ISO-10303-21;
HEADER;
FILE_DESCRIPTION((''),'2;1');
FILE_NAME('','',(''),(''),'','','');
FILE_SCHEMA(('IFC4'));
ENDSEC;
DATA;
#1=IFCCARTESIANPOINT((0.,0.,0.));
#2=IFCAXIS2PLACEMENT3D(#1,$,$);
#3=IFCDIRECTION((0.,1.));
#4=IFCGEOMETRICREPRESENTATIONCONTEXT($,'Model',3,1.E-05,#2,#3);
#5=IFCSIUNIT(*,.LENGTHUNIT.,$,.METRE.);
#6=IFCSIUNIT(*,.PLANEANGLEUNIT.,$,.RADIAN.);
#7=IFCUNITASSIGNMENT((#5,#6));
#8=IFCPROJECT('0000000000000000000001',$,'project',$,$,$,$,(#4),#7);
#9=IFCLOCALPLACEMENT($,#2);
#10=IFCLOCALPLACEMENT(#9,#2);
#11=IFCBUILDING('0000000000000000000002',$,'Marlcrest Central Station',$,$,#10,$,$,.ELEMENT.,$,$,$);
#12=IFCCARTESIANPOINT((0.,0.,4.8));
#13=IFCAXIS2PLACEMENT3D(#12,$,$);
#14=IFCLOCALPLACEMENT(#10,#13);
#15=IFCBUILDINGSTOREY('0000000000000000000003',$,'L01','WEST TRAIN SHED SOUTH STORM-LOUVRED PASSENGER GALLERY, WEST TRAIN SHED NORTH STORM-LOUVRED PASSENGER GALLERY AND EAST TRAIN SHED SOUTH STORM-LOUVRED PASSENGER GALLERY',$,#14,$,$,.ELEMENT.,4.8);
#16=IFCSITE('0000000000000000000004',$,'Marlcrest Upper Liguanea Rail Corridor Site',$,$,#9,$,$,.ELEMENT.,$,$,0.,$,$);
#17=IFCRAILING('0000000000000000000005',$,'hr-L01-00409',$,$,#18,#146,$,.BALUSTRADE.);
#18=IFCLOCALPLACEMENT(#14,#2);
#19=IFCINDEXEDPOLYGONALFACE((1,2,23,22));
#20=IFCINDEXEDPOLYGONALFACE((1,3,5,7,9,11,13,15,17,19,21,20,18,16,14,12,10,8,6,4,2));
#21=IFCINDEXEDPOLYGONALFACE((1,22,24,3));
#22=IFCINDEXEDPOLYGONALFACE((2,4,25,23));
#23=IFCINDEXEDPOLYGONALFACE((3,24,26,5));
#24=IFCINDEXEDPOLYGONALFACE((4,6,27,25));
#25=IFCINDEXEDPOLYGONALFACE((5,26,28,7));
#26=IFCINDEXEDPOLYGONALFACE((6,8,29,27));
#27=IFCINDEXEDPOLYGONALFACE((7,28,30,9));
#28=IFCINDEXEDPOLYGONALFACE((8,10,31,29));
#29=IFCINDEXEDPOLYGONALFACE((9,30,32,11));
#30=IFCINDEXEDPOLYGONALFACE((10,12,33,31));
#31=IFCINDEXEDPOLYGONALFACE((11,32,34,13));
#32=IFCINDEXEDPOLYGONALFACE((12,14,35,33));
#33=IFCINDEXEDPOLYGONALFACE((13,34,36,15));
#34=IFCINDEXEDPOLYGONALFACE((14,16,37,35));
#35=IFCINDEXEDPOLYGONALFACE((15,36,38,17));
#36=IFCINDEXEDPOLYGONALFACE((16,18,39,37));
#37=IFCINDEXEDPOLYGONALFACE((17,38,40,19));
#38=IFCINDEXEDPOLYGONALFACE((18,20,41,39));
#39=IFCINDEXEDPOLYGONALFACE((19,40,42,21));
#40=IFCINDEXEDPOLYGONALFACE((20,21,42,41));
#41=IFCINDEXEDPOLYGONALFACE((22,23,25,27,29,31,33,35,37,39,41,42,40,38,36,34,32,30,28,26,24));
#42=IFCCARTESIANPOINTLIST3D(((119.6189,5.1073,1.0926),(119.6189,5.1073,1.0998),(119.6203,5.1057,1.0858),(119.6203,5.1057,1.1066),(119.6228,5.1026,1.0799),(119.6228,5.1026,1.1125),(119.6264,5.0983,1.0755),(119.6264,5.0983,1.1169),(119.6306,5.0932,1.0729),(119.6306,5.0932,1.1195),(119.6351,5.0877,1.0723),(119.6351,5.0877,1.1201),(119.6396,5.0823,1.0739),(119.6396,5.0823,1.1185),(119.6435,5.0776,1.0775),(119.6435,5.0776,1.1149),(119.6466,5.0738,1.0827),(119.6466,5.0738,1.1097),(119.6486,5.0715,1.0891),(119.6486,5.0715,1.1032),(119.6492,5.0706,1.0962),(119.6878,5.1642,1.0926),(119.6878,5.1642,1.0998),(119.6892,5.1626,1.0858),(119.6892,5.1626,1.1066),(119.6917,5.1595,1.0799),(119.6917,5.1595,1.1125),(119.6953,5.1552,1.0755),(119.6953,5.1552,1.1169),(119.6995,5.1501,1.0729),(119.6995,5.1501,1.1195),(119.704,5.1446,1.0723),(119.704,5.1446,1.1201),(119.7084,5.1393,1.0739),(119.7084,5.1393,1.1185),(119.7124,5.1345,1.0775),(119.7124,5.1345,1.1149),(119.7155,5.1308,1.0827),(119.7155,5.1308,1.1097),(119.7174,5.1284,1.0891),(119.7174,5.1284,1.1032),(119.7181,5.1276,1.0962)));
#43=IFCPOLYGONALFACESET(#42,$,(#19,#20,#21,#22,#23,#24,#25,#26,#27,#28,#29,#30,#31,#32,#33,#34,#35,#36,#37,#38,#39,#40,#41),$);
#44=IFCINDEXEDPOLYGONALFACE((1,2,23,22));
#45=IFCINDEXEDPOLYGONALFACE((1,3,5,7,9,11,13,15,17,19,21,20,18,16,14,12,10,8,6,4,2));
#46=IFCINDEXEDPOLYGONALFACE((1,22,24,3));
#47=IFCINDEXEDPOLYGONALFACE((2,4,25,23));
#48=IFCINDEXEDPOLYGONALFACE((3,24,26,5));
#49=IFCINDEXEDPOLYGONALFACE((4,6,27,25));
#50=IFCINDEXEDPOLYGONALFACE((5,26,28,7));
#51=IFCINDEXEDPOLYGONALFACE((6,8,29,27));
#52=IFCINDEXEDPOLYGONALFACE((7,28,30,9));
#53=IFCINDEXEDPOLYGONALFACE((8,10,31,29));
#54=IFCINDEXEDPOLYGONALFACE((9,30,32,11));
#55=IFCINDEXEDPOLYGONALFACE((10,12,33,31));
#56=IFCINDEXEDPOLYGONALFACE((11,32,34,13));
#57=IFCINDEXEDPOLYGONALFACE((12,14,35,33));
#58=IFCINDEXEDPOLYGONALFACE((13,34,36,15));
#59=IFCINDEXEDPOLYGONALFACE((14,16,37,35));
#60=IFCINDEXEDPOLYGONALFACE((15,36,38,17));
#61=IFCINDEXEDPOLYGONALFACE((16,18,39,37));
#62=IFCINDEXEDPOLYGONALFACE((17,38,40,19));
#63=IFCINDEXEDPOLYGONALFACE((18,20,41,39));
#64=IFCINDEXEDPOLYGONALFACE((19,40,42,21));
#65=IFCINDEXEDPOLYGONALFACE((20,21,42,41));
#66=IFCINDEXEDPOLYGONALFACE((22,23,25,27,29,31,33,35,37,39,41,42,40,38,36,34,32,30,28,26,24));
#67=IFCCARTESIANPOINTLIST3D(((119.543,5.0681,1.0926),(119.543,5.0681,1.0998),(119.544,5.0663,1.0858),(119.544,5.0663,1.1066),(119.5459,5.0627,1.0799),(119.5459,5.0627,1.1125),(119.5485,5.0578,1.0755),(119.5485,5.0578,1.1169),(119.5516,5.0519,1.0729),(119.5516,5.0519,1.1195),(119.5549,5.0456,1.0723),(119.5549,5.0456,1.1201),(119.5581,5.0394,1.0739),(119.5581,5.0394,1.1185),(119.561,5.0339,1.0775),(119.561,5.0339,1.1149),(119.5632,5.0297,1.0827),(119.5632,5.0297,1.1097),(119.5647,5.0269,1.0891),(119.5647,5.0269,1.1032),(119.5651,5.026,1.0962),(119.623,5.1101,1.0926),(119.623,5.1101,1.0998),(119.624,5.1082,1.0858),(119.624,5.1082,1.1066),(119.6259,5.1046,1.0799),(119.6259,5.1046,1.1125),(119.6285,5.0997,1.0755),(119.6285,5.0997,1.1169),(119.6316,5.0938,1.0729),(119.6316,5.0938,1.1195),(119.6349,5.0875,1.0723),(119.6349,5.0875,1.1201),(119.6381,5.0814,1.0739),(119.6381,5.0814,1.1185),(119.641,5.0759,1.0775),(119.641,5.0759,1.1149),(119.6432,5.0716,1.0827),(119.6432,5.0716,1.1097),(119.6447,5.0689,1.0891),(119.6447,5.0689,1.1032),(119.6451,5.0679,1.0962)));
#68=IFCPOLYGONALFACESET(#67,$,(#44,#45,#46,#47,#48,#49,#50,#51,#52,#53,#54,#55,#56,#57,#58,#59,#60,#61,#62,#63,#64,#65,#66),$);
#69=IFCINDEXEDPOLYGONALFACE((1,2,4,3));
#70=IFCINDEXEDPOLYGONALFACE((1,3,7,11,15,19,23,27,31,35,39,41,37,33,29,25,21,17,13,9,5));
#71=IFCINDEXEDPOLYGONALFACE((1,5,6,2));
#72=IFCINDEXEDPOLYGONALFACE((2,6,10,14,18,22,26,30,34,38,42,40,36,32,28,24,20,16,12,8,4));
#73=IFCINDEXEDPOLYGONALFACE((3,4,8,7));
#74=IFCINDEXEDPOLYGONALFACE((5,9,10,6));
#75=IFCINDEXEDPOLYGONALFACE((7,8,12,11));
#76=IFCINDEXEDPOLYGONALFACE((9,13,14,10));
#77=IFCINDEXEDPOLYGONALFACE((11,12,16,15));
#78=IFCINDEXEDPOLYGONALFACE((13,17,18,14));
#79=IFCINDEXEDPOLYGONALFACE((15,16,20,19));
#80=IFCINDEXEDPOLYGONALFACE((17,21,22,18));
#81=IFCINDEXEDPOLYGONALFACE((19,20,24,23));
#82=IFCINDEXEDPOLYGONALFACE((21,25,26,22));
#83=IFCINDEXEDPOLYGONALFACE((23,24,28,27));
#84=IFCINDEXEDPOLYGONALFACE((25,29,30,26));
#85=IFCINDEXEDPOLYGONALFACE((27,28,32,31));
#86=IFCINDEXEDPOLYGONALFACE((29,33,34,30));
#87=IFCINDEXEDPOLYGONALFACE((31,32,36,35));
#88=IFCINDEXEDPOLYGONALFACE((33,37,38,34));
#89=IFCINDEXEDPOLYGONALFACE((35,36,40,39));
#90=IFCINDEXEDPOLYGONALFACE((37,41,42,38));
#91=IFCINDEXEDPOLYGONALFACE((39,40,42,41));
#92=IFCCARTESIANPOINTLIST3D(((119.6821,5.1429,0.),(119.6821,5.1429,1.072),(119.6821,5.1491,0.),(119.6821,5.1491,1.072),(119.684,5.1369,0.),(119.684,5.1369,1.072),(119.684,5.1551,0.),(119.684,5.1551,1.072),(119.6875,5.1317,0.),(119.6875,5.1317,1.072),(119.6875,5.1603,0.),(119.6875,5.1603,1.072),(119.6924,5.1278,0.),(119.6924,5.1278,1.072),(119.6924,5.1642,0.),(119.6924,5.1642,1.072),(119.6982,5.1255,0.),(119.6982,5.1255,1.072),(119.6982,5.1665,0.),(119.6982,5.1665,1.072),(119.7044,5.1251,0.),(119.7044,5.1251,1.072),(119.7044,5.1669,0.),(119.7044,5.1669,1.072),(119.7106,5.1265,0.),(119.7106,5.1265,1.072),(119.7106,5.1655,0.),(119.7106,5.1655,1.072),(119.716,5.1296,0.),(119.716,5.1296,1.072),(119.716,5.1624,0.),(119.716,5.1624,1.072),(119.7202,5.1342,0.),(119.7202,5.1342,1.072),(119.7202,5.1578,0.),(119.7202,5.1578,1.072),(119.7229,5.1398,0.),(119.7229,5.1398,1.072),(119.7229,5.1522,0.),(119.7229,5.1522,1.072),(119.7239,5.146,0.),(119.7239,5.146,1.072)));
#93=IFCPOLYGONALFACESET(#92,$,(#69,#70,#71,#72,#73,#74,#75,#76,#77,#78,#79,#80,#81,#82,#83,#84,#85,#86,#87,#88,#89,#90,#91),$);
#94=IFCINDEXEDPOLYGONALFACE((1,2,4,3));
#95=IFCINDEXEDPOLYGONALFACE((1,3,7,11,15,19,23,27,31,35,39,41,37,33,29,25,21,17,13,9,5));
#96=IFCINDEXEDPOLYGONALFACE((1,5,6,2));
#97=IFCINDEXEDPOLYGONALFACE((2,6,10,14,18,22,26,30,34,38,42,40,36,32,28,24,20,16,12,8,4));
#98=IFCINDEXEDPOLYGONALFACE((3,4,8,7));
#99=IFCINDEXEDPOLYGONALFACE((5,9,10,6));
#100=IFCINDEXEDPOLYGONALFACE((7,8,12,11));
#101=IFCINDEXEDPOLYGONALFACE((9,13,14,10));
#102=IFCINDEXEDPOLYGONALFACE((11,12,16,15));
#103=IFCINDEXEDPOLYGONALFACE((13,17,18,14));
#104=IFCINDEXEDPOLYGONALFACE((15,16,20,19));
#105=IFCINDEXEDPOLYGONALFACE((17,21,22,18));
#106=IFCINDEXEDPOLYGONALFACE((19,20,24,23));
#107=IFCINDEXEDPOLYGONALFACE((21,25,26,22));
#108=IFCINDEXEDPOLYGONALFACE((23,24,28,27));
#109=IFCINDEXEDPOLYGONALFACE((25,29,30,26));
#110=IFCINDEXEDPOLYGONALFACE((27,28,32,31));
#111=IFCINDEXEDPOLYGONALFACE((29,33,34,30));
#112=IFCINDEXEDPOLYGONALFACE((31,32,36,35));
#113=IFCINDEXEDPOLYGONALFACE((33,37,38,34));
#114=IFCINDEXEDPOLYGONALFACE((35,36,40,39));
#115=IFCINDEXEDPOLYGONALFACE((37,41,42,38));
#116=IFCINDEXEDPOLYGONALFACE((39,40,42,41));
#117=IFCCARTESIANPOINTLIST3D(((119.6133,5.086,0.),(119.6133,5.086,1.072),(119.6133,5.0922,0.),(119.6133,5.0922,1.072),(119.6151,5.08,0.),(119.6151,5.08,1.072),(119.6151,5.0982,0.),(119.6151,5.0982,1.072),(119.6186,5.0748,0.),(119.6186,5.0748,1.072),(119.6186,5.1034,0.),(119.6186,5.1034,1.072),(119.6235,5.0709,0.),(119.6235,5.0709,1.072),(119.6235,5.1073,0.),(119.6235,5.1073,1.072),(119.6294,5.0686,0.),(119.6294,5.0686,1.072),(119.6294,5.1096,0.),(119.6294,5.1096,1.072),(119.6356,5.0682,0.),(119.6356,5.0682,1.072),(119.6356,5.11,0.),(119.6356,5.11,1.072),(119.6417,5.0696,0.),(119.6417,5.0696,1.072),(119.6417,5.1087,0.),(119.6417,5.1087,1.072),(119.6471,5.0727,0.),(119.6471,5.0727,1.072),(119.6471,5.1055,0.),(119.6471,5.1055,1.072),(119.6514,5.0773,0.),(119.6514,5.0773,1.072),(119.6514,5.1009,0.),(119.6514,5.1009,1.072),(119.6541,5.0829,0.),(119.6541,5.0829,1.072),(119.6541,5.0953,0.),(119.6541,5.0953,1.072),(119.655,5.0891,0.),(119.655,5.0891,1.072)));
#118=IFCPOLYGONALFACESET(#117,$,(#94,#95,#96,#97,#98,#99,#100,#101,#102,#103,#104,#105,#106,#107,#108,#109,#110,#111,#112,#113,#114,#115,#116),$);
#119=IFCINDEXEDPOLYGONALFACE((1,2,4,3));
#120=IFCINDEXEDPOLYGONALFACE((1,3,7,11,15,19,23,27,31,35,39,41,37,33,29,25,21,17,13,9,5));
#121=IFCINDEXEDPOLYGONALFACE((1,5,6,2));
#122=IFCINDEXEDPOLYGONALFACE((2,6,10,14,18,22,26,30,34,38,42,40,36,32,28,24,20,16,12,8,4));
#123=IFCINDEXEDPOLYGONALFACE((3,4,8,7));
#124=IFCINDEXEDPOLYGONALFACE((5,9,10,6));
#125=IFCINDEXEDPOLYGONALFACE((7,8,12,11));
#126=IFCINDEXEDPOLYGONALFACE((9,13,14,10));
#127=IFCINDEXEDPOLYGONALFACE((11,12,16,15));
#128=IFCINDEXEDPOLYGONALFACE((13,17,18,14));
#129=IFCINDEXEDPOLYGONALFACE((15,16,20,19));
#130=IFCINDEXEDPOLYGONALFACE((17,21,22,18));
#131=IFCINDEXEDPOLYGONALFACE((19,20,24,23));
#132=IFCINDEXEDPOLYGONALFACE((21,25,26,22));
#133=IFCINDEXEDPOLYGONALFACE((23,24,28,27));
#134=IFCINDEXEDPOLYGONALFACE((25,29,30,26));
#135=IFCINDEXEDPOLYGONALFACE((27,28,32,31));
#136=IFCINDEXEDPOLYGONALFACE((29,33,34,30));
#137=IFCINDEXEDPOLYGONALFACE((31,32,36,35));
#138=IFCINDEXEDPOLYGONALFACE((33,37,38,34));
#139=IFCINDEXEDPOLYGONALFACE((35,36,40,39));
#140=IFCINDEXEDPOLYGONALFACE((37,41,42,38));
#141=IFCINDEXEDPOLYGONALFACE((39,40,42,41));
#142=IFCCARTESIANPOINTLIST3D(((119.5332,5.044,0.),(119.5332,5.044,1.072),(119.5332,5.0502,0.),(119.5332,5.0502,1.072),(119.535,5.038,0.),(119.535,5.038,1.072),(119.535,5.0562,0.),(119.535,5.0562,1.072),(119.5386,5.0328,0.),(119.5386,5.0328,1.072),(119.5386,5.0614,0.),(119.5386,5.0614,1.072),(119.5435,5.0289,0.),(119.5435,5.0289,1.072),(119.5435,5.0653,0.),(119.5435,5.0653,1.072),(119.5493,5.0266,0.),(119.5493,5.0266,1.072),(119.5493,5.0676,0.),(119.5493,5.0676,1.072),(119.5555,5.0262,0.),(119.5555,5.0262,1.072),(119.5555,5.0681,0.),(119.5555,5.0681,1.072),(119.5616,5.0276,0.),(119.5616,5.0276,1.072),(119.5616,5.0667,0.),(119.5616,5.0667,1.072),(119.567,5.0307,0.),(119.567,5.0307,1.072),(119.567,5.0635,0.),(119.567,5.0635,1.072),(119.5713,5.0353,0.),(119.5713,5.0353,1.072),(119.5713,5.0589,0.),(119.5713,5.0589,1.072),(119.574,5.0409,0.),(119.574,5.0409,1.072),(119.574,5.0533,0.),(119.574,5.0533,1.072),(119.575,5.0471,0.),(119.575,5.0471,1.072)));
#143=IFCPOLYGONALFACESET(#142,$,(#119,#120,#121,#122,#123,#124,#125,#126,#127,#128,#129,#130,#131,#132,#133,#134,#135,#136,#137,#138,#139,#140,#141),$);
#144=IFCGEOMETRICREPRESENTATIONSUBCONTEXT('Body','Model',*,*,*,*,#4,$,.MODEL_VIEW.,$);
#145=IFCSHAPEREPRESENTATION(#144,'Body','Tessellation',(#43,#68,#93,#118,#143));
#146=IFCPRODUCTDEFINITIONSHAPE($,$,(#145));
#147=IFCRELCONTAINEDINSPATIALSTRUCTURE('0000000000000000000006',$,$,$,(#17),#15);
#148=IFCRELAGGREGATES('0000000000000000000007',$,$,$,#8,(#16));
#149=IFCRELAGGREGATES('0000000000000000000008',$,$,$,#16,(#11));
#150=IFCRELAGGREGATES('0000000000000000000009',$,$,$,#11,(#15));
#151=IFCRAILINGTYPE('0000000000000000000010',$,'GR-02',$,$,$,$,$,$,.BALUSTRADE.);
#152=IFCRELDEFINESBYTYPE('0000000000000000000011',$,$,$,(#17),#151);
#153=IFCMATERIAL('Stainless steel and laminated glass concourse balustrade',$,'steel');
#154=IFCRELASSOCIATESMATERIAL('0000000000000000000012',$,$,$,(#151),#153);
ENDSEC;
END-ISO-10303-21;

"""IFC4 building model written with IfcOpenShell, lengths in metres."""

from ifc_helpers import new_model, si_unit, direction, frame, origin, origin_2d, place, context, subcontext, project, spatial, circle, extrude, material, type_object, element, save


model = new_model("IFC4")

# Units and contexts
model_context = context("Model", 3, precision=1e-05, world=origin(), true_north=direction((0.0, 1.0)))
body_context = subcontext(model_context, "Body", "Model", "MODEL_VIEW")
ifc_project = project(units=[si_unit("LENGTHUNIT", "METRE"), si_unit("PLANEANGLEUNIT", "RADIAN")], contexts=[model_context])

# Site, building, storey
site_placement = place(None, origin())
site = spatial("IfcSite", under=ifc_project, at=site_placement, Name="Marlcrest Upper Liguanea Rail Corridor Site", CompositionType="ELEMENT", RefElevation=0.0)
building_placement = place(site_placement, origin())
building = spatial("IfcBuilding", under=site, at=building_placement, Name="Marlcrest Central Station", CompositionType="ELEMENT")
storey_placement = place(building_placement, frame((0.0, 0.0, 4.8)))
storey = spatial("IfcBuildingStorey", under=building, at=storey_placement, Name="L01", Description="WEST TRAIN SHED SOUTH STORM-LOUVRED PASSENGER GALLERY, WEST TRAIN SHED NORTH STORM-LOUVRED PASSENGER GALLERY AND EAST TRAIN SHED SOUTH STORM-LOUVRED PASSENGER GALLERY", CompositionType="ELEMENT", Elevation=4.8)

# Railing
ifc_material_1 = material(Name="Stainless steel and laminated glass concourse balustrade", Category="steel")
railing_type = type_object("IfcRailingType", Name="GR-02", PredefinedType="BALUSTRADE", material=ifc_material_1)
railing_placement = place(storey_placement, frame((119.7029, 5.146, 0.0)))
element("IfcRailing", 1, at=railing_placement, inside=storey, type_object=railing_type, Name="hr-L01-00409", PredefinedType="BALUSTRADE", context=body_context, shape_type="SweptSolid", body=[
    extrude(circle(Radius=0.0239, at=origin_2d()), frame((0.0, 0.0, 1.0962), z_axis=(-0.770903, -0.636952, 0.0), x_axis=(0.636952, -0.770903, 0.0)), (0.0, 0.0, 1.0), 0.0894),
    extrude(circle(Radius=0.0239, at=origin_2d()), frame((-0.0688, -0.0569, 1.0962), z_axis=(-0.88562, -0.464411, 0.0), x_axis=(0.464411, -0.88562, 0.0)), (0.0, 0.0, 1.0), 0.0903),
    extrude(circle(Radius=0.021, at=origin_2d()), origin(), (0.0, 0.0, 1.0), 1.072),
    extrude(circle(Radius=0.021, at=origin_2d()), frame((-0.0688, -0.0569, 0.0)), (0.0, 0.0, 1.0), 1.072),
    extrude(circle(Radius=0.021, at=origin_2d()), frame((-0.1489, -0.0989, 0.0)), (0.0, 0.0, 1.0), 1.072),
])

save(model, "model.ifc")
